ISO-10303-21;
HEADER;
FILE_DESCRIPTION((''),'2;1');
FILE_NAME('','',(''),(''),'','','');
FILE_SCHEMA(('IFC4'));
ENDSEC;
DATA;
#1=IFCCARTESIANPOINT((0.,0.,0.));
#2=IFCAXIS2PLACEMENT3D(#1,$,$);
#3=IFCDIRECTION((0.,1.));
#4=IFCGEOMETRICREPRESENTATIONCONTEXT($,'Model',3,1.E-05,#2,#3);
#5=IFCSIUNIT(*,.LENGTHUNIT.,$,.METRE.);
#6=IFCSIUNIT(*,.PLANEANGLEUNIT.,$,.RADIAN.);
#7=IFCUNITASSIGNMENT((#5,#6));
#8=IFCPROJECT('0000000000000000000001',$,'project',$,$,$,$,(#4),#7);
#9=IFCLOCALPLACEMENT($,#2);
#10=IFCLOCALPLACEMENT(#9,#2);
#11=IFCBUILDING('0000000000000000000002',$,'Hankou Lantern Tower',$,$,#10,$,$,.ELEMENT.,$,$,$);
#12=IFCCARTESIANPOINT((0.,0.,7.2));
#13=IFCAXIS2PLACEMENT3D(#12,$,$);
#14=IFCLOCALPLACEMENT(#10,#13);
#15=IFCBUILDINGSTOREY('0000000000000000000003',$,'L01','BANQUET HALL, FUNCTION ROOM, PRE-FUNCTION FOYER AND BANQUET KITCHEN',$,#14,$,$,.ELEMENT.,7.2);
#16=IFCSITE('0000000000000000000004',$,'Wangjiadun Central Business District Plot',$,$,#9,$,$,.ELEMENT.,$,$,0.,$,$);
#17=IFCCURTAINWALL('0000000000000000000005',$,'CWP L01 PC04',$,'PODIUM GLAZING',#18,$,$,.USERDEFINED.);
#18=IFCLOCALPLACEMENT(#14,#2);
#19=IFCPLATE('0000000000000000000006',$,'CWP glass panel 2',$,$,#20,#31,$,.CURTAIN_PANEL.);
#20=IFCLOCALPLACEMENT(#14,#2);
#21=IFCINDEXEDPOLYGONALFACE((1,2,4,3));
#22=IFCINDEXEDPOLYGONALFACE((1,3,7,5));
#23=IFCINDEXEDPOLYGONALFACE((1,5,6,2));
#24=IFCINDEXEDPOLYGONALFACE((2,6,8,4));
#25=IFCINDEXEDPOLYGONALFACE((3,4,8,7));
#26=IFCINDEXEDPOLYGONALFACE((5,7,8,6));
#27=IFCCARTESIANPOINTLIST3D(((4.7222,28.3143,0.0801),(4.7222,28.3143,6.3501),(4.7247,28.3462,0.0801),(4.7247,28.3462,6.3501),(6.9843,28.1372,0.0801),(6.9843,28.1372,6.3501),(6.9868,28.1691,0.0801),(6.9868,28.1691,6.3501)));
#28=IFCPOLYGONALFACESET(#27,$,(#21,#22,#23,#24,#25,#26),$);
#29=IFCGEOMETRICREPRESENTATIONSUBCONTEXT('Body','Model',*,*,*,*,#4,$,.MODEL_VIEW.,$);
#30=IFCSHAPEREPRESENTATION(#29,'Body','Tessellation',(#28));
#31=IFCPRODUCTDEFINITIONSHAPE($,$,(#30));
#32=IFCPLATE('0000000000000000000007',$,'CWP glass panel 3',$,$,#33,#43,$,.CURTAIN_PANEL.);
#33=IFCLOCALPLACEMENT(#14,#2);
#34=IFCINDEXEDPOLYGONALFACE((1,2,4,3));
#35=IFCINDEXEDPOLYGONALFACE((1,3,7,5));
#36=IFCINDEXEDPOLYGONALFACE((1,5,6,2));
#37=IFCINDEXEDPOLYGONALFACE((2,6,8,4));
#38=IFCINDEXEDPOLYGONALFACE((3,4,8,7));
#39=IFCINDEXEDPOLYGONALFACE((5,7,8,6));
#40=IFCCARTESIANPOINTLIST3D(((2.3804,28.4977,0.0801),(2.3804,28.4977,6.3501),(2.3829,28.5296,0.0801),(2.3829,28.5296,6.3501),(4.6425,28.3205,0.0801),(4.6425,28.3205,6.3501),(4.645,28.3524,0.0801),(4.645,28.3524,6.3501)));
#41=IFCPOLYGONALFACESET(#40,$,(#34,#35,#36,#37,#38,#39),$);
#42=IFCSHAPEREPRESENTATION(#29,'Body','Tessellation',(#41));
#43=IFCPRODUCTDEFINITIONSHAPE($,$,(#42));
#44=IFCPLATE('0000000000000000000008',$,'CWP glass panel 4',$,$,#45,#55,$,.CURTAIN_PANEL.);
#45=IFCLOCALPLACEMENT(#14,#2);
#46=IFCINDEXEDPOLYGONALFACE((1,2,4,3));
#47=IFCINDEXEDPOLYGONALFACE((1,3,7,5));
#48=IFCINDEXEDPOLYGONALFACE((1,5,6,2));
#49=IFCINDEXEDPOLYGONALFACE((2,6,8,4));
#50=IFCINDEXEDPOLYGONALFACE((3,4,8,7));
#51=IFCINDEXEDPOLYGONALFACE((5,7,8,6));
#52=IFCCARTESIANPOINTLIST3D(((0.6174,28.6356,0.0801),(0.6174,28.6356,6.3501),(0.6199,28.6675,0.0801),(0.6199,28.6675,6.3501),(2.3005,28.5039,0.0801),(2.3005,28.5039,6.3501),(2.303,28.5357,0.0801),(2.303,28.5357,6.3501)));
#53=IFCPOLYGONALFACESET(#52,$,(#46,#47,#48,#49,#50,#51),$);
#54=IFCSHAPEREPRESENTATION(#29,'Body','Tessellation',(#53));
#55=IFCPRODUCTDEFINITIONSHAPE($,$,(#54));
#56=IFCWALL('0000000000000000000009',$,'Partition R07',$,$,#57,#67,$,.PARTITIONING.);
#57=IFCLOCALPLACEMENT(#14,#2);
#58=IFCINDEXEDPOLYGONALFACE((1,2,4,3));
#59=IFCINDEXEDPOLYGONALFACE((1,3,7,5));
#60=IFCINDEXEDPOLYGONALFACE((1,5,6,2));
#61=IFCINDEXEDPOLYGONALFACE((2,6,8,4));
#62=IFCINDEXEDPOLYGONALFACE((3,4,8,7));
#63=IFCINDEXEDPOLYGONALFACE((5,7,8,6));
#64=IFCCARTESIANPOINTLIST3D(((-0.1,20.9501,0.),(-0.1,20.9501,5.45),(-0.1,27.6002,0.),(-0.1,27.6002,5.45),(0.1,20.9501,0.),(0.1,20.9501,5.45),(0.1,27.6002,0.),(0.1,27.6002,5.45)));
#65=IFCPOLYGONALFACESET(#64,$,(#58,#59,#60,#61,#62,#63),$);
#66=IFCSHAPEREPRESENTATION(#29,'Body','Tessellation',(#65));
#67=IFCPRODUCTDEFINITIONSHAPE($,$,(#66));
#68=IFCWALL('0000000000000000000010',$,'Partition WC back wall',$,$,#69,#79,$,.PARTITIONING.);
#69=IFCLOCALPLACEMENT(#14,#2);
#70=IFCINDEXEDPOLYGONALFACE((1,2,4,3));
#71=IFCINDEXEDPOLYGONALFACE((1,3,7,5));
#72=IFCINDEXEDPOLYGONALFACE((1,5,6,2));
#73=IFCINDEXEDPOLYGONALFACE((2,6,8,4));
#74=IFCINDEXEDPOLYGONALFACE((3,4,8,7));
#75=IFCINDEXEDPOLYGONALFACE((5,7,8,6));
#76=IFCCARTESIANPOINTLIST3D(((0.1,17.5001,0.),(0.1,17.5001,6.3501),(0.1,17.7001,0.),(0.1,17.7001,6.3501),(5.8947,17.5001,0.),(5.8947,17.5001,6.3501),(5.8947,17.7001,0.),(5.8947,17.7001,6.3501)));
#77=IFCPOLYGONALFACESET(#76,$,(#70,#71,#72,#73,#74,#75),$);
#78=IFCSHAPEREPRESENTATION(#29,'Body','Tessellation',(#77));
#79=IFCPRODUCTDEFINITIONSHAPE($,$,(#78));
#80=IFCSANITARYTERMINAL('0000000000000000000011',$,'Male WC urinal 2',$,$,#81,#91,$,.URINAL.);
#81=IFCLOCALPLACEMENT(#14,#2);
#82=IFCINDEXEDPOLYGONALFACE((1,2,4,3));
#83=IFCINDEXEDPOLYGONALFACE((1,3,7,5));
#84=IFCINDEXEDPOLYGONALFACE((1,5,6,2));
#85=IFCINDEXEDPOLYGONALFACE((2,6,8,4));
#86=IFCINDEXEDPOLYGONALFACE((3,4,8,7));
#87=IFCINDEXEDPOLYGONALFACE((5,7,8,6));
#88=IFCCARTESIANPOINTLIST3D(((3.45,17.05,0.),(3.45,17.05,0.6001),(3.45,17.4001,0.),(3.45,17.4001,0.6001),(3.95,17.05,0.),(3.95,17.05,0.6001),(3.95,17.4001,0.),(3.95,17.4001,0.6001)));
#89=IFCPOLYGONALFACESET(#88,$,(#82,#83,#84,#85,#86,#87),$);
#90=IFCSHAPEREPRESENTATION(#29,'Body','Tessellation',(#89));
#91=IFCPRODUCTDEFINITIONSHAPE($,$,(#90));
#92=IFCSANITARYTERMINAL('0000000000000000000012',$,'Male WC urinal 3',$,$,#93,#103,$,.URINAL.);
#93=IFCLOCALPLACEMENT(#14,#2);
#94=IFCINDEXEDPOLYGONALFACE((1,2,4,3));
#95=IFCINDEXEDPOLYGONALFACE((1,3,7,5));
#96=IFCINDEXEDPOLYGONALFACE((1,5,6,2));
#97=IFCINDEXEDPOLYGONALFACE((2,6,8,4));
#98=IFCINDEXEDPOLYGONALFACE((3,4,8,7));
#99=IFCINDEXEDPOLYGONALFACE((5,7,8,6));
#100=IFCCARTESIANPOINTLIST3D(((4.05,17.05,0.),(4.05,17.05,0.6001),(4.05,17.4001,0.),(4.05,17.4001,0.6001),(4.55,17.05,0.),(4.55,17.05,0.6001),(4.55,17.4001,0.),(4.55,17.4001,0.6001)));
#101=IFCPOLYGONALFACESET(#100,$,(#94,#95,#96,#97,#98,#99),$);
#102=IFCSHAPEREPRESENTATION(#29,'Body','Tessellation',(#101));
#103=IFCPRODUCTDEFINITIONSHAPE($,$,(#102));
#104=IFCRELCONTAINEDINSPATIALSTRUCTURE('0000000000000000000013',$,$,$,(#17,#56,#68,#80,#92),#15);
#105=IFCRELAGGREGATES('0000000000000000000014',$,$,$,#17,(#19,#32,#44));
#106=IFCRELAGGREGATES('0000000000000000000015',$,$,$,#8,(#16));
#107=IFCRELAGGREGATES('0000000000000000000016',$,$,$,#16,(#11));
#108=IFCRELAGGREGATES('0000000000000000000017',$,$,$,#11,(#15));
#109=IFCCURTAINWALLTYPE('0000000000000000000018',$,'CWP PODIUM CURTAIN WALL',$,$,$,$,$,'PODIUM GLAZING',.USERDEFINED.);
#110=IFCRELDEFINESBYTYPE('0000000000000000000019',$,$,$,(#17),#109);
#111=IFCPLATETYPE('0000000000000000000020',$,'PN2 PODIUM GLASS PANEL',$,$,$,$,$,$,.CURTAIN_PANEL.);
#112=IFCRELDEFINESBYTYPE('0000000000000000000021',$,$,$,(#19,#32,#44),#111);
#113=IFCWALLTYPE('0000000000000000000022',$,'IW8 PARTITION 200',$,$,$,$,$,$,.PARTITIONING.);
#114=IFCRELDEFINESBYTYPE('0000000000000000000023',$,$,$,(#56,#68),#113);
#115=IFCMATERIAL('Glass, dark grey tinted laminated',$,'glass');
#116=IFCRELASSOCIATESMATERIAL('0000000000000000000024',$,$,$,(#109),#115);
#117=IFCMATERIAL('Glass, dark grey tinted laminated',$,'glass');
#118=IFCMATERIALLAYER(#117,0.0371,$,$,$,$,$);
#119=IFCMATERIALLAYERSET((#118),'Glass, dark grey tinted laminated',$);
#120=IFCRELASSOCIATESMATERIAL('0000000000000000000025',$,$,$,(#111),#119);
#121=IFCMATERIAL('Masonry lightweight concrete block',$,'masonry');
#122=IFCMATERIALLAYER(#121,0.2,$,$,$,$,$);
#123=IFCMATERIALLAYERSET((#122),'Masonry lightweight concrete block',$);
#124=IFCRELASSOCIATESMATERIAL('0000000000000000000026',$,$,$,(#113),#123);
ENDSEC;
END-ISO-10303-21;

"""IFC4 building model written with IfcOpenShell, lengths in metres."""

from ifc_helpers import new_model, si_unit, direction, frame, frame_2d, origin, origin_2d, place, context, subcontext, project, spatial, rectangle, extrude, material, layer, layer_set, type_object, element, aggregate, save


model = new_model("IFC4")

# Units and contexts
model_context = context("Model", 3, precision=1e-05, world=origin(), true_north=direction((0.0, 1.0)))
body_context = subcontext(model_context, "Body", "Model", "MODEL_VIEW")
ifc_project = project(units=[si_unit("LENGTHUNIT", "METRE"), si_unit("PLANEANGLEUNIT", "RADIAN")], contexts=[model_context])

# Site, building, storey
site_placement = place(None, origin())
site = spatial("IfcSite", under=ifc_project, at=site_placement, Name="Wangjiadun Central Business District Plot", CompositionType="ELEMENT", RefElevation=0.0)
building_placement = place(site_placement, origin())
building = spatial("IfcBuilding", under=site, at=building_placement, Name="Hankou Lantern Tower", CompositionType="ELEMENT")
storey_placement = place(building_placement, frame((0.0, 0.0, 7.2)))
storey = spatial("IfcBuildingStorey", under=building, at=storey_placement, Name="L01", Description="BANQUET HALL, FUNCTION ROOM, PRE-FUNCTION FOYER AND BANQUET KITCHEN", CompositionType="ELEMENT", Elevation=7.2)

# Curtain wall
ifc_material_1 = material(Name="Glass, dark grey tinted laminated", Category="glass")
curtain_wall_type = type_object("IfcCurtainWallType", Name="CWP PODIUM CURTAIN WALL", ElementType="PODIUM GLAZING", PredefinedType="USERDEFINED", material=ifc_material_1)
curtain_wall_placement = place(storey_placement, origin())
curtain_wall = element("IfcCurtainWall", 1, at=curtain_wall_placement, inside=storey, type_object=curtain_wall_type, Name="CWP L01 PC04", ObjectType="PODIUM GLAZING", PredefinedType="USERDEFINED")

# Plates
ifc_material_2 = material(Name="Glass, dark grey tinted laminated", Category="glass")
ifc_layer_1 = layer(ifc_material_2, 0.0371)
ifc_layer_set_1 = layer_set([ifc_layer_1], Name="Glass, dark grey tinted laminated")
plate_type = type_object("IfcPlateType", Name="PN2 PODIUM GLASS PANEL", PredefinedType="CURTAIN_PANEL", material=ifc_layer_set_1)
plate_1_placement = place(storey_placement, frame((5.8545, 28.2417, 0.0801), z_axis=(0.0, 0.0, 1.0), x_axis=(-0.996949, 0.078062, 0.0)))
plate_1 = element("IfcPlate", 2, at=plate_1_placement, type_object=plate_type, Name="CWP glass panel 2", PredefinedType="CURTAIN_PANEL", context=body_context, shape_type="SweptSolid", body=[
    extrude(rectangle(XDim=2.269, YDim=0.032, at=origin_2d()), origin(), (0.0, 0.0, 1.0), 6.27),
])
plate_2_placement = place(storey_placement, frame((3.5127, 28.425, 0.0801), z_axis=(0.0, 0.0, 1.0), x_axis=(-0.996949, 0.078062, 0.0)))
plate_2 = element("IfcPlate", 3, at=plate_2_placement, type_object=plate_type, Name="CWP glass panel 3", PredefinedType="CURTAIN_PANEL", context=body_context, shape_type="SweptSolid", body=[
    extrude(rectangle(XDim=2.269, YDim=0.032, at=origin_2d()), origin(), (0.0, 0.0, 1.0), 6.27),
])
plate_3_placement = place(storey_placement, frame((1.4602, 28.5857, 0.0801), z_axis=(0.0, 0.0, 1.0), x_axis=(-0.996949, 0.078062, 0.0)))
plate_3 = element("IfcPlate", 4, at=plate_3_placement, type_object=plate_type, Name="CWP glass panel 4", PredefinedType="CURTAIN_PANEL", context=body_context, shape_type="SweptSolid", body=[
    extrude(rectangle(XDim=1.6882, YDim=0.032, at=origin_2d()), origin(), (0.0, 0.0, 1.0), 6.27),
])
aggregate(curtain_wall, [plate_1, plate_2, plate_3])

# Walls
ifc_material_3 = material(Name="Masonry lightweight concrete block", Category="masonry")
ifc_layer_2 = layer(ifc_material_3, 0.2)
ifc_layer_set_2 = layer_set([ifc_layer_2], Name="Masonry lightweight concrete block")
wall_type = type_object("IfcWallType", Name="IW8 PARTITION 200", PredefinedType="PARTITIONING", material=ifc_layer_set_2)
wall_1_placement = place(storey_placement, frame((0.0, 20.95, 0.0), z_axis=(0.0, 0.0, 1.0), x_axis=(0.0, 1.0, 0.0)))
element("IfcWall", 5, at=wall_1_placement, inside=storey, type_object=wall_type, Name="Partition R07", PredefinedType="PARTITIONING", context=body_context, shape_type="SweptSolid", body=[
    extrude(rectangle(XDim=6.6501, YDim=0.2, at=frame_2d((3.3252, 0.0))), origin(), (0.0, 0.0, 1.0), 5.45),
])
wall_2_placement = place(storey_placement, frame((5.8948, 17.6001, 0.0), z_axis=(0.0, 0.0, 1.0), x_axis=(-1.0, 0.0, 0.0)))
element("IfcWall", 6, at=wall_2_placement, inside=storey, type_object=wall_type, Name="Partition WC back wall", PredefinedType="PARTITIONING", context=body_context, shape_type="SweptSolid", body=[
    extrude(rectangle(XDim=5.7947, YDim=0.2, at=frame_2d((2.8975, 0.0))), origin(), (0.0, 0.0, 1.0), 6.3501),
])

# Sanitary terminals
for number, where, z_axis, x_axis, name in (
    (7, (3.7, 17.2251, 0.0), (0.0, 0.0, 1.0), (1.0, 0.0, 0.0), "Male WC urinal 2"),
    (8, (4.3, 17.2251, 0.0), (0.0, 0.0, 1.0), (1.0, 0.0, 0.0), "Male WC urinal 3"),
):
    element("IfcSanitaryTerminal", number, at=place(storey_placement, frame(where, z_axis=z_axis, x_axis=x_axis)), inside=storey, Name=name, PredefinedType="URINAL", context=body_context, shape_type="SweptSolid", body=[
        extrude(rectangle(XDim=0.5, YDim=0.3501, at=origin_2d()), origin(), (0.0, 0.0, 1.0), 0.6001),
    ])

save(model, "model.ifc")
